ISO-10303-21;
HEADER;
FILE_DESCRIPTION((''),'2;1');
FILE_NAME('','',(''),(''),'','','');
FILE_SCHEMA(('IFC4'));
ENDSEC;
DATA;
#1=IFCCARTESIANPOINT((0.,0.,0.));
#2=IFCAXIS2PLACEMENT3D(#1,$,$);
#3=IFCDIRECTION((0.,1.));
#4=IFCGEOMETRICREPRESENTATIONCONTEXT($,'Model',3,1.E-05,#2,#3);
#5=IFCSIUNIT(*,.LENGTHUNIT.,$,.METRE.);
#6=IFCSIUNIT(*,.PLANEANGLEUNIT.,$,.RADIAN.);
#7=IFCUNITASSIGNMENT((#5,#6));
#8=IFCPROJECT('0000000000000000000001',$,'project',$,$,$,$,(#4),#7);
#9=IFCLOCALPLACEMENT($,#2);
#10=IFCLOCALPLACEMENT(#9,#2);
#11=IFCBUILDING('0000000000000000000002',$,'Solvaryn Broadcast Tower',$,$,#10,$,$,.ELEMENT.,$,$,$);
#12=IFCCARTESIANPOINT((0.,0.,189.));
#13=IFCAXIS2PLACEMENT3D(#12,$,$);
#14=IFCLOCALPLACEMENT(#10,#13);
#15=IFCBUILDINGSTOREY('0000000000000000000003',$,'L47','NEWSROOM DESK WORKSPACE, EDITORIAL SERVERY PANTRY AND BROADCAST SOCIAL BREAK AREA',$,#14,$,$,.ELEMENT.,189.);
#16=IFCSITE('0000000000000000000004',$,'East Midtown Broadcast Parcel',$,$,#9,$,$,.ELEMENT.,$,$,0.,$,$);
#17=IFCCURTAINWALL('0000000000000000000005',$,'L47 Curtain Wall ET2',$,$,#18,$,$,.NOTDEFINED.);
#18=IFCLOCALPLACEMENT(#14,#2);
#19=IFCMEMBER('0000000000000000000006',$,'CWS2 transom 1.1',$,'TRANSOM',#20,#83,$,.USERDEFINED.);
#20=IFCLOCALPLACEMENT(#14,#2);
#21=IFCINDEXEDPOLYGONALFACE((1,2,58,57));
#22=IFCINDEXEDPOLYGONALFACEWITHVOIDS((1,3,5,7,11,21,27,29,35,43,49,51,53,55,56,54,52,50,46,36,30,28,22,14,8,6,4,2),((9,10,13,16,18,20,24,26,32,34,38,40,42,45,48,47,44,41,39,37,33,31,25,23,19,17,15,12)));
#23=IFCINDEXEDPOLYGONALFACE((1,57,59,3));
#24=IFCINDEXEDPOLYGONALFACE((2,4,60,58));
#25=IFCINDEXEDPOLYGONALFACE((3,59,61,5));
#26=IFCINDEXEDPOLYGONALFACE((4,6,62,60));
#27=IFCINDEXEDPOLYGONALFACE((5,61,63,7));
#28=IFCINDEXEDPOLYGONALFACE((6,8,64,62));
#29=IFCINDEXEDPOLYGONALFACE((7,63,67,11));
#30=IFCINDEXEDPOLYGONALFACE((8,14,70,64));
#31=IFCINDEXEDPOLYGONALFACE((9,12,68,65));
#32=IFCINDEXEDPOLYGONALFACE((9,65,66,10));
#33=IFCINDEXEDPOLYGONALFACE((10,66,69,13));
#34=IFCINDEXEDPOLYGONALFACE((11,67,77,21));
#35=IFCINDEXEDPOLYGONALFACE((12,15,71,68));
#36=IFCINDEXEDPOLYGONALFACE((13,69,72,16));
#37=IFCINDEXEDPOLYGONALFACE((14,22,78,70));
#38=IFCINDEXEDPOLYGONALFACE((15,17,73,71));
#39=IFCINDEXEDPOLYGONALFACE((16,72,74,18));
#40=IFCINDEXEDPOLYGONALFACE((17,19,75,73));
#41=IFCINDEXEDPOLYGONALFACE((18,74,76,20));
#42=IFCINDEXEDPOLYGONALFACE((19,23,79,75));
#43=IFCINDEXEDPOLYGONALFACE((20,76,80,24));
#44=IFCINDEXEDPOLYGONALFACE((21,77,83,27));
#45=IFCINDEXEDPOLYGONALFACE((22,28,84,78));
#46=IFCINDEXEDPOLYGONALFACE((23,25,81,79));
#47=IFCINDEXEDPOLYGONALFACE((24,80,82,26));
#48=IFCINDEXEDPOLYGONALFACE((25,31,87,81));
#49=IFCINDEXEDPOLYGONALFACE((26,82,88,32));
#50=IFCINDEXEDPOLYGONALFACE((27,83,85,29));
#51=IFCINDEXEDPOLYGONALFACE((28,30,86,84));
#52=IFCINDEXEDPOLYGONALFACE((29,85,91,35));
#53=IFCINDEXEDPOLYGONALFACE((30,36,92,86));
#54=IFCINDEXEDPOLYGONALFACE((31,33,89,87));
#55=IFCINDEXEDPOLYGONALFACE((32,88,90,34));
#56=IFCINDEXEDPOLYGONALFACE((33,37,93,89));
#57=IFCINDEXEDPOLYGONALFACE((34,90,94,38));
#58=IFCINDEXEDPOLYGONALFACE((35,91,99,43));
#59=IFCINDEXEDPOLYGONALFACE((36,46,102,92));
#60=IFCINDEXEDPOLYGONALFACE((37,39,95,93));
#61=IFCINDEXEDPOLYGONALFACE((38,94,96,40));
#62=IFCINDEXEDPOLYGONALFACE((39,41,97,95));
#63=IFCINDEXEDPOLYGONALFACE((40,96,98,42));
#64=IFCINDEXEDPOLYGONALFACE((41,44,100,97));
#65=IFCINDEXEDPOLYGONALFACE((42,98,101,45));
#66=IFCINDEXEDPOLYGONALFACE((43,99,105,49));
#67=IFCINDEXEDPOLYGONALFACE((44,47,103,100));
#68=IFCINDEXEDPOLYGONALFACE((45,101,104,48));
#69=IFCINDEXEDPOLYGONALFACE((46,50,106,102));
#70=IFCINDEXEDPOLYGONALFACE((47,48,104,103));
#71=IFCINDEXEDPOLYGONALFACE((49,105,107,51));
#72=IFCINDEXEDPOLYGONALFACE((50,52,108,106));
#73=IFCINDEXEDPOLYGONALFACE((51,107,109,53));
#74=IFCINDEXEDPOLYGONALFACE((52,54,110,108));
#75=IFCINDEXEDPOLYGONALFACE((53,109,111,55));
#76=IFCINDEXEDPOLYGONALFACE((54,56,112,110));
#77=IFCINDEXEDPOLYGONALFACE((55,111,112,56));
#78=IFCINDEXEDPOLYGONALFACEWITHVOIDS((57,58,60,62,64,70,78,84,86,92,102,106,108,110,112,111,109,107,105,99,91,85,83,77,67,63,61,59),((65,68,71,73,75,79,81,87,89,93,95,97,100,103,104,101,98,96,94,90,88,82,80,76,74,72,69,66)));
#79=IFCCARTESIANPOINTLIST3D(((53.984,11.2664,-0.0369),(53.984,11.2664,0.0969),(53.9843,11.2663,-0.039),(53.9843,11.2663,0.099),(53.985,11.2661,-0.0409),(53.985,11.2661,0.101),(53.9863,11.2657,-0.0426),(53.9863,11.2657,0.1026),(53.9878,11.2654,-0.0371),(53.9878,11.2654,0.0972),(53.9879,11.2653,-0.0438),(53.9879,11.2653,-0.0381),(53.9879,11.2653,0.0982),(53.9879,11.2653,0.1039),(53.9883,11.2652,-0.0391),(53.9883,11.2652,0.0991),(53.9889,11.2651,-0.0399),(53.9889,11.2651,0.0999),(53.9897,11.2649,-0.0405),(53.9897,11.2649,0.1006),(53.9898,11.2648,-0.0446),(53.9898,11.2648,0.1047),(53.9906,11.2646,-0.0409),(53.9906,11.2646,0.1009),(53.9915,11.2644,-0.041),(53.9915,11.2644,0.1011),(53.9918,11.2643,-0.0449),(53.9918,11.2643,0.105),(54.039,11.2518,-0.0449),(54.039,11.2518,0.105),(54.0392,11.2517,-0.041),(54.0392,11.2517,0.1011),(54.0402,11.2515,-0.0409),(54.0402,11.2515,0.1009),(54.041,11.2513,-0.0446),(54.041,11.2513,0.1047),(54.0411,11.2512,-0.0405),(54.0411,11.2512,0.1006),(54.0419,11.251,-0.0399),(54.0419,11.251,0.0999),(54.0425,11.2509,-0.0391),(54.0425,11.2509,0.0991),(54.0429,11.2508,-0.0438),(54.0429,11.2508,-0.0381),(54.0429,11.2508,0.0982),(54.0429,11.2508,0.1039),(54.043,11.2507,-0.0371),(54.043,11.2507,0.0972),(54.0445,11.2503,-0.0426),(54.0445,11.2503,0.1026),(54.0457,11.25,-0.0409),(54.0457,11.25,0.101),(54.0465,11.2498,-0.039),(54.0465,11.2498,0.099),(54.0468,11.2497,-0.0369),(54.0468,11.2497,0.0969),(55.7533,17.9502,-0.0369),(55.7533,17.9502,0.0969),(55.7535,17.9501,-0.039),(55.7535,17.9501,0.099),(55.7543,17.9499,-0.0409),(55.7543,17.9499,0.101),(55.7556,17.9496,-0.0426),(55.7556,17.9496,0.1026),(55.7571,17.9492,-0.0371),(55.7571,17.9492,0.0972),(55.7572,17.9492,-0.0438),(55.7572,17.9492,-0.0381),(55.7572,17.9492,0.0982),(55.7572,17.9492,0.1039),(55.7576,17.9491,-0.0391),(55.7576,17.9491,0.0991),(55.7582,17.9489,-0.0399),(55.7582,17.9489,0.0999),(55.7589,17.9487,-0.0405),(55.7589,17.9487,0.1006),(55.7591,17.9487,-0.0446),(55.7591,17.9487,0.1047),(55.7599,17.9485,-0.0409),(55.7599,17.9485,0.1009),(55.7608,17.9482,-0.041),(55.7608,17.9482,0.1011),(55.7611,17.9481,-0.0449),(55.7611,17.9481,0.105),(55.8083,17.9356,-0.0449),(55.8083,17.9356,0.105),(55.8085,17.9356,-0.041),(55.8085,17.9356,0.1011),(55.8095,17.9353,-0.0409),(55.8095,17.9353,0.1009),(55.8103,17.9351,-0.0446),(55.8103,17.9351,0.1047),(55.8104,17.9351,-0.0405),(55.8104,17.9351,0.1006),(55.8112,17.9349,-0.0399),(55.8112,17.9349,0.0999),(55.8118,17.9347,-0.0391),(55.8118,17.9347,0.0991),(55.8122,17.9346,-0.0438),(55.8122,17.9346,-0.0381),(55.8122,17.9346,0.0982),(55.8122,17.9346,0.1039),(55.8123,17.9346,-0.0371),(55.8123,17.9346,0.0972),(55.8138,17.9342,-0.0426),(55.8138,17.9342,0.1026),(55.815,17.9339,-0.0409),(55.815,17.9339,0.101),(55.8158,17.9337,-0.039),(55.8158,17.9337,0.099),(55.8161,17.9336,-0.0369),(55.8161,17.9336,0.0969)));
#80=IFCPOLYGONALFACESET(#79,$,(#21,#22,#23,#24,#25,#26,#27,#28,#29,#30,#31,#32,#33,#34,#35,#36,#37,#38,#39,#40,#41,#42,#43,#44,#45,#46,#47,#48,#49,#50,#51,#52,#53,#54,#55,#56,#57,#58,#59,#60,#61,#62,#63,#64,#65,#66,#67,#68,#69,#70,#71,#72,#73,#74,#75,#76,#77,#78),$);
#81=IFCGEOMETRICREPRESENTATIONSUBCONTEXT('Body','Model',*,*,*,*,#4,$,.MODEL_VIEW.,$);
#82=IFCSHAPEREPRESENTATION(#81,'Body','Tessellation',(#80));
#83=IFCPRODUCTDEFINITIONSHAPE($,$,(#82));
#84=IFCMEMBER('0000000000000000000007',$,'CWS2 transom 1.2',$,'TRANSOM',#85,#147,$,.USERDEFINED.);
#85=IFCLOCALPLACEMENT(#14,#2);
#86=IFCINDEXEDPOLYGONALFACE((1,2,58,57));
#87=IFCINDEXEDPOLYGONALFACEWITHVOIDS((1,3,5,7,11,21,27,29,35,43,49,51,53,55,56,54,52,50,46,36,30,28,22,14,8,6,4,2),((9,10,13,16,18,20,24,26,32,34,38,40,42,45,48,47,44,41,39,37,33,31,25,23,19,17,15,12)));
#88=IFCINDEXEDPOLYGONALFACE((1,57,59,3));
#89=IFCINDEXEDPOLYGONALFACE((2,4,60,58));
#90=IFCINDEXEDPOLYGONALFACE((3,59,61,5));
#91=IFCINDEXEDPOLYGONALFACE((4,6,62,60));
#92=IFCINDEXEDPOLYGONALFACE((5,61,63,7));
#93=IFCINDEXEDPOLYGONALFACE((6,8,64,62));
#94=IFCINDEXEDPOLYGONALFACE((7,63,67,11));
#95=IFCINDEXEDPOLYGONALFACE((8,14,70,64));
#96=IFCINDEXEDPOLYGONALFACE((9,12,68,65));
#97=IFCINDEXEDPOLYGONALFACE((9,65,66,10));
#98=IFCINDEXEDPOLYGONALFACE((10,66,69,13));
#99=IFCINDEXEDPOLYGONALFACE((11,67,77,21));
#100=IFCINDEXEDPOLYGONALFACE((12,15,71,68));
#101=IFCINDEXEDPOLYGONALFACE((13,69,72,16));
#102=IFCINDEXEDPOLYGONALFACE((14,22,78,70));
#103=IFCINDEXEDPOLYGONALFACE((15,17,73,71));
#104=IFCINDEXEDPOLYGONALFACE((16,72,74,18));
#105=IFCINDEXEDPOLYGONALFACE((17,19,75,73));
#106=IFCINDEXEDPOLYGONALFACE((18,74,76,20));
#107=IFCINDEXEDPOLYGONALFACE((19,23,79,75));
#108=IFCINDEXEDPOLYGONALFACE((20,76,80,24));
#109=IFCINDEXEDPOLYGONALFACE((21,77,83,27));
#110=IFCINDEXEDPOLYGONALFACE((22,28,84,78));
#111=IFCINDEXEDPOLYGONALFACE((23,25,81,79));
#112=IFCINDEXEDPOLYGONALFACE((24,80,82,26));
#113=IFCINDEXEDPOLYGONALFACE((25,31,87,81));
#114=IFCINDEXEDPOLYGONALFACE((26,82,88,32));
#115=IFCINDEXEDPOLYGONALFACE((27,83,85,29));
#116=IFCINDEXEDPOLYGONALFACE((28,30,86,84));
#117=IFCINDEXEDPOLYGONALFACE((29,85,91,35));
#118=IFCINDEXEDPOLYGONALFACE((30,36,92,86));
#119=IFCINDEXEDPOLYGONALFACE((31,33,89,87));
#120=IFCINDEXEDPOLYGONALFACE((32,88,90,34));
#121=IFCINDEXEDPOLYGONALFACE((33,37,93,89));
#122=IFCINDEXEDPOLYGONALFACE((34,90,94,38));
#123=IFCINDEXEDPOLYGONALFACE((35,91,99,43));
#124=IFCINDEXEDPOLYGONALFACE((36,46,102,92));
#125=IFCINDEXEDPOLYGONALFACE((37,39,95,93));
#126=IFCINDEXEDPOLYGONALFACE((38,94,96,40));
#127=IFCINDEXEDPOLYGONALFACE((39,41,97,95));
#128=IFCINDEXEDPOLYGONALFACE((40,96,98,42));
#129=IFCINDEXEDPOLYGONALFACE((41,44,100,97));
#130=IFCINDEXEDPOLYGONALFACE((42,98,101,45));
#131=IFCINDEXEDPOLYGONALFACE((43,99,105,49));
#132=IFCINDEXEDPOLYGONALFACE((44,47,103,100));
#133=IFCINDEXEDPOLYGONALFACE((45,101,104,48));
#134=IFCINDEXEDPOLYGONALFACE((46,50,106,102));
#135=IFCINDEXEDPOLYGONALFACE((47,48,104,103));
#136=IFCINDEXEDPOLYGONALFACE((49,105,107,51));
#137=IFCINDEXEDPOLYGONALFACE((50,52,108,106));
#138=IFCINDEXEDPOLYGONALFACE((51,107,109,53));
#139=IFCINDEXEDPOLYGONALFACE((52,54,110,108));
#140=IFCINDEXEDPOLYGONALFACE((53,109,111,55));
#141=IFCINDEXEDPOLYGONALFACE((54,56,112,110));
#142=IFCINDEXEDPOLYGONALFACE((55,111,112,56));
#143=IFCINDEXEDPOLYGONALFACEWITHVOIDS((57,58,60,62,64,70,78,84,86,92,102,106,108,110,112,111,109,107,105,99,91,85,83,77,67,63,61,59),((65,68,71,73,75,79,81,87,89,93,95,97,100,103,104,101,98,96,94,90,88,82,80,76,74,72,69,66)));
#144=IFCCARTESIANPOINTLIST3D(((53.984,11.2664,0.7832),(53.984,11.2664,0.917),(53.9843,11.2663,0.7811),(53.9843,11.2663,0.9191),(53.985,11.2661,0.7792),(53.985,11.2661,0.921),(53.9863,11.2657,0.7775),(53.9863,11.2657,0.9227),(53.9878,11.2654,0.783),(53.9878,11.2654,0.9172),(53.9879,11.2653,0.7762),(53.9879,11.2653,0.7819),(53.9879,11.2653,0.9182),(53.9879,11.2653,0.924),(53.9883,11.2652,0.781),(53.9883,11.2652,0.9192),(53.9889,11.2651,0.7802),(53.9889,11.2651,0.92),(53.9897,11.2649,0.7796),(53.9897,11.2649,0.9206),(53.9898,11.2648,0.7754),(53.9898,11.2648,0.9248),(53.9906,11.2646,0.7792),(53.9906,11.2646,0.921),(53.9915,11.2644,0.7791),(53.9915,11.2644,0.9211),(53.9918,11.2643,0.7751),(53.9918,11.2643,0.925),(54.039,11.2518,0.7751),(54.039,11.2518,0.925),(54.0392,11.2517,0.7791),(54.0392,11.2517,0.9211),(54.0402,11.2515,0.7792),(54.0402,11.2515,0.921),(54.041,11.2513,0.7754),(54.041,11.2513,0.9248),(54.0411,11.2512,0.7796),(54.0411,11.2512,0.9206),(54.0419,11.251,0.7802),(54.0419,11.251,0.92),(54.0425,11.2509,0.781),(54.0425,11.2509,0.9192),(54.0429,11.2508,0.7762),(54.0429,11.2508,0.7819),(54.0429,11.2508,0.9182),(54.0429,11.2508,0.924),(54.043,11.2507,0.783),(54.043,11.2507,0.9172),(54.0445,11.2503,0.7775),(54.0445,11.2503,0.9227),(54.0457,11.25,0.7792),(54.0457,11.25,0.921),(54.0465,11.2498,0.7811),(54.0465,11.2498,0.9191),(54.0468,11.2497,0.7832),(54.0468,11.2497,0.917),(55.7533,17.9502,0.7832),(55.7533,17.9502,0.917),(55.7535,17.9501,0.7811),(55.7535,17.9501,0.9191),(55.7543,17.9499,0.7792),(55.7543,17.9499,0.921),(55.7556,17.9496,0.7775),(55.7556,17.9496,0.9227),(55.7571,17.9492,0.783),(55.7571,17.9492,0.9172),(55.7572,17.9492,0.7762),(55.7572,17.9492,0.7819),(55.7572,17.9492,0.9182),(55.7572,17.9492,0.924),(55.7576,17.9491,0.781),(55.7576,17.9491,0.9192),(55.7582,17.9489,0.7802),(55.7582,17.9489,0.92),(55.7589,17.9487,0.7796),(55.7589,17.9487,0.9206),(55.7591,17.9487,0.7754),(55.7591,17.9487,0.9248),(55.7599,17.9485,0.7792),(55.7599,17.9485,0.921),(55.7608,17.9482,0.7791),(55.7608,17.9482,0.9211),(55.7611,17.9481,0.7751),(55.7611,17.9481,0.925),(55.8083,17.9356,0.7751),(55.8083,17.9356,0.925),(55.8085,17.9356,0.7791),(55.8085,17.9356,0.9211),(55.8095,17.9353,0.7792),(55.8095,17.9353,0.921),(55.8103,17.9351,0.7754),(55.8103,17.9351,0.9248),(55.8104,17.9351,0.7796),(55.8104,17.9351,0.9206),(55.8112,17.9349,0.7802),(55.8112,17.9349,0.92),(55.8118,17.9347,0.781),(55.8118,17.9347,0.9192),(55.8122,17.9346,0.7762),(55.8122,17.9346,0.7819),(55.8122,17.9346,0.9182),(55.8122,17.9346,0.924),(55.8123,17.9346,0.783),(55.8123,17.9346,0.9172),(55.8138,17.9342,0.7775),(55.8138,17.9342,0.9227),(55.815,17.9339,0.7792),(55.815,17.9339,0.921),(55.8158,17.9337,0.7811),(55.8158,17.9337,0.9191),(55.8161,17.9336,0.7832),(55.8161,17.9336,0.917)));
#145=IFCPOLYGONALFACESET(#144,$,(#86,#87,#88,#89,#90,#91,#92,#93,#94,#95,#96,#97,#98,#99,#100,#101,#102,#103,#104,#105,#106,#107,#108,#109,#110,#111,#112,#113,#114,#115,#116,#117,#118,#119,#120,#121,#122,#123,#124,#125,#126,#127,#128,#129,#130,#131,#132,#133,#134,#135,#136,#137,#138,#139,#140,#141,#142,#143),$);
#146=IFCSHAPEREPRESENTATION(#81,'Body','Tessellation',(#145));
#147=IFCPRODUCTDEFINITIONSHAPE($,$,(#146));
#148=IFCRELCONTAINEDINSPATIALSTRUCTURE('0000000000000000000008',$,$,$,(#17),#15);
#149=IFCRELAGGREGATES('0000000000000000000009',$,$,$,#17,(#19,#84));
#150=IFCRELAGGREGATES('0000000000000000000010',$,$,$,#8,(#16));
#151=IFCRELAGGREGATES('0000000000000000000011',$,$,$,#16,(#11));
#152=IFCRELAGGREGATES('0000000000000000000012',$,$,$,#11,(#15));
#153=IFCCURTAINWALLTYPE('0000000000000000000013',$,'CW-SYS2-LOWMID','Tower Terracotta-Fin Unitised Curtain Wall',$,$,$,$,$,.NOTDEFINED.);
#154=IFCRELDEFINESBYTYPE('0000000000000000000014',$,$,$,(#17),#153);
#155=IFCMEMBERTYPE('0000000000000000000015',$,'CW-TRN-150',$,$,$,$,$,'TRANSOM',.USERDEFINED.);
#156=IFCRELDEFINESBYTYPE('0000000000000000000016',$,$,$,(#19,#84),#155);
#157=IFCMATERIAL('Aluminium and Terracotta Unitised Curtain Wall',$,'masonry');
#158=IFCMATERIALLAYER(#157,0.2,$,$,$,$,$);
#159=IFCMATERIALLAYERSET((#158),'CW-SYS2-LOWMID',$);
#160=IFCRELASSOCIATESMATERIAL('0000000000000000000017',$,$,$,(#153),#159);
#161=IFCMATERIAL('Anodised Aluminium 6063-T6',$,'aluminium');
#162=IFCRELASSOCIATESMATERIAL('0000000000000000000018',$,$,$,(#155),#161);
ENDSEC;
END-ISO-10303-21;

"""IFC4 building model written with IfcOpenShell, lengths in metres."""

from ifc_helpers import new_model, si_unit, direction, frame, origin, origin_2d, place, context, subcontext, project, spatial, hollow_rectangle, extrude, material, layer, layer_set, material_profile, profile_set, type_object, element, aggregate, save


model = new_model("IFC4")

# Units and contexts
model_context = context("Model", 3, precision=1e-05, world=origin(), true_north=direction((0.0, 1.0)))
body_context = subcontext(model_context, "Body", "Model", "MODEL_VIEW")
ifc_project = project(units=[si_unit("LENGTHUNIT", "METRE"), si_unit("PLANEANGLEUNIT", "RADIAN")], contexts=[model_context])

# Site, building, storey
site_placement = place(None, origin())
site = spatial("IfcSite", under=ifc_project, at=site_placement, Name="East Midtown Broadcast Parcel", CompositionType="ELEMENT", RefElevation=0.0)
building_placement = place(site_placement, origin())
building = spatial("IfcBuilding", under=site, at=building_placement, Name="Solvaryn Broadcast Tower", CompositionType="ELEMENT")
storey_placement = place(building_placement, frame((0.0, 0.0, 189.0)))
storey = spatial("IfcBuildingStorey", under=building, at=storey_placement, Name="L47", Description="NEWSROOM DESK WORKSPACE, EDITORIAL SERVERY PANTRY AND BROADCAST SOCIAL BREAK AREA", CompositionType="ELEMENT", Elevation=189.0)

# Shared definitions
ifc_material_1 = material(Name="Aluminium and Terracotta Unitised Curtain Wall", Category="masonry")
ifc_layer_1 = layer(ifc_material_1, 0.2)
ifc_layer_set_1 = layer_set([ifc_layer_1], Name="CW-SYS2-LOWMID")
curtain_wall_type = type_object("IfcCurtainWallType", Name="CW-SYS2-LOWMID", Description="Tower Terracotta-Fin Unitised Curtain Wall", PredefinedType="NOTDEFINED", material=ifc_layer_set_1)

# Curtain wall, members
curtain_wall_1_placement = place(storey_placement, origin())
curtain_wall_1 = element("IfcCurtainWall", 1, at=curtain_wall_1_placement, inside=storey, type_object=curtain_wall_type, Name="L47 Curtain Wall ET2", PredefinedType="NOTDEFINED")
ifc_material_2 = material(Name="Anodised Aluminium 6063-T6", Category="aluminium")
ifc_material_profile_1 = material_profile(ifc_material_2, hollow_rectangle(XDim=0.0649, YDim=0.1499, WallThickness=0.0039, InnerFilletRadius=0.0039, OuterFilletRadius=0.0081, at=origin_2d()))
ifc_profile_set_1 = profile_set([ifc_material_profile_1], Name="Anodised Aluminium 6063-T6")
member_type_1 = type_object("IfcMemberType", Name="CW-TRN-150", ElementType="TRANSOM", PredefinedType="USERDEFINED", material=ifc_profile_set_1)
member_1_placement = place(storey_placement, frame((55.7847, 17.9419, 0.03), z_axis=(-0.255897, -0.966704, 0.0), x_axis=(0.966704, -0.255897, 0.0)))
member_1 = element("IfcMember", 2, at=member_1_placement, type_object=member_type_1, Name="CWS2 transom 1.1", ObjectType="TRANSOM", PredefinedType="USERDEFINED", context=body_context, shape_type="SweptSolid", body=[
    extrude(hollow_rectangle(XDim=0.0649, YDim=0.1499, WallThickness=0.0039, InnerFilletRadius=0.0039, OuterFilletRadius=0.0081, at=origin_2d()), origin(), (0.0, 0.0, 1.0), 6.9141),
])
member_2_placement = place(storey_placement, frame((55.7847, 17.9419, 0.8501), z_axis=(-0.255897, -0.966704, 0.0), x_axis=(0.966704, -0.255897, 0.0)))
member_2 = element("IfcMember", 3, at=member_2_placement, type_object=member_type_1, Name="CWS2 transom 1.2", ObjectType="TRANSOM", PredefinedType="USERDEFINED", context=body_context, shape_type="SweptSolid", body=[
    extrude(hollow_rectangle(XDim=0.0649, YDim=0.1499, WallThickness=0.0039, InnerFilletRadius=0.0039, OuterFilletRadius=0.0081, at=origin_2d()), origin(), (0.0, 0.0, 1.0), 6.9141),
])

aggregate(curtain_wall_1, [member_1, member_2])

save(model, "model.ifc")
